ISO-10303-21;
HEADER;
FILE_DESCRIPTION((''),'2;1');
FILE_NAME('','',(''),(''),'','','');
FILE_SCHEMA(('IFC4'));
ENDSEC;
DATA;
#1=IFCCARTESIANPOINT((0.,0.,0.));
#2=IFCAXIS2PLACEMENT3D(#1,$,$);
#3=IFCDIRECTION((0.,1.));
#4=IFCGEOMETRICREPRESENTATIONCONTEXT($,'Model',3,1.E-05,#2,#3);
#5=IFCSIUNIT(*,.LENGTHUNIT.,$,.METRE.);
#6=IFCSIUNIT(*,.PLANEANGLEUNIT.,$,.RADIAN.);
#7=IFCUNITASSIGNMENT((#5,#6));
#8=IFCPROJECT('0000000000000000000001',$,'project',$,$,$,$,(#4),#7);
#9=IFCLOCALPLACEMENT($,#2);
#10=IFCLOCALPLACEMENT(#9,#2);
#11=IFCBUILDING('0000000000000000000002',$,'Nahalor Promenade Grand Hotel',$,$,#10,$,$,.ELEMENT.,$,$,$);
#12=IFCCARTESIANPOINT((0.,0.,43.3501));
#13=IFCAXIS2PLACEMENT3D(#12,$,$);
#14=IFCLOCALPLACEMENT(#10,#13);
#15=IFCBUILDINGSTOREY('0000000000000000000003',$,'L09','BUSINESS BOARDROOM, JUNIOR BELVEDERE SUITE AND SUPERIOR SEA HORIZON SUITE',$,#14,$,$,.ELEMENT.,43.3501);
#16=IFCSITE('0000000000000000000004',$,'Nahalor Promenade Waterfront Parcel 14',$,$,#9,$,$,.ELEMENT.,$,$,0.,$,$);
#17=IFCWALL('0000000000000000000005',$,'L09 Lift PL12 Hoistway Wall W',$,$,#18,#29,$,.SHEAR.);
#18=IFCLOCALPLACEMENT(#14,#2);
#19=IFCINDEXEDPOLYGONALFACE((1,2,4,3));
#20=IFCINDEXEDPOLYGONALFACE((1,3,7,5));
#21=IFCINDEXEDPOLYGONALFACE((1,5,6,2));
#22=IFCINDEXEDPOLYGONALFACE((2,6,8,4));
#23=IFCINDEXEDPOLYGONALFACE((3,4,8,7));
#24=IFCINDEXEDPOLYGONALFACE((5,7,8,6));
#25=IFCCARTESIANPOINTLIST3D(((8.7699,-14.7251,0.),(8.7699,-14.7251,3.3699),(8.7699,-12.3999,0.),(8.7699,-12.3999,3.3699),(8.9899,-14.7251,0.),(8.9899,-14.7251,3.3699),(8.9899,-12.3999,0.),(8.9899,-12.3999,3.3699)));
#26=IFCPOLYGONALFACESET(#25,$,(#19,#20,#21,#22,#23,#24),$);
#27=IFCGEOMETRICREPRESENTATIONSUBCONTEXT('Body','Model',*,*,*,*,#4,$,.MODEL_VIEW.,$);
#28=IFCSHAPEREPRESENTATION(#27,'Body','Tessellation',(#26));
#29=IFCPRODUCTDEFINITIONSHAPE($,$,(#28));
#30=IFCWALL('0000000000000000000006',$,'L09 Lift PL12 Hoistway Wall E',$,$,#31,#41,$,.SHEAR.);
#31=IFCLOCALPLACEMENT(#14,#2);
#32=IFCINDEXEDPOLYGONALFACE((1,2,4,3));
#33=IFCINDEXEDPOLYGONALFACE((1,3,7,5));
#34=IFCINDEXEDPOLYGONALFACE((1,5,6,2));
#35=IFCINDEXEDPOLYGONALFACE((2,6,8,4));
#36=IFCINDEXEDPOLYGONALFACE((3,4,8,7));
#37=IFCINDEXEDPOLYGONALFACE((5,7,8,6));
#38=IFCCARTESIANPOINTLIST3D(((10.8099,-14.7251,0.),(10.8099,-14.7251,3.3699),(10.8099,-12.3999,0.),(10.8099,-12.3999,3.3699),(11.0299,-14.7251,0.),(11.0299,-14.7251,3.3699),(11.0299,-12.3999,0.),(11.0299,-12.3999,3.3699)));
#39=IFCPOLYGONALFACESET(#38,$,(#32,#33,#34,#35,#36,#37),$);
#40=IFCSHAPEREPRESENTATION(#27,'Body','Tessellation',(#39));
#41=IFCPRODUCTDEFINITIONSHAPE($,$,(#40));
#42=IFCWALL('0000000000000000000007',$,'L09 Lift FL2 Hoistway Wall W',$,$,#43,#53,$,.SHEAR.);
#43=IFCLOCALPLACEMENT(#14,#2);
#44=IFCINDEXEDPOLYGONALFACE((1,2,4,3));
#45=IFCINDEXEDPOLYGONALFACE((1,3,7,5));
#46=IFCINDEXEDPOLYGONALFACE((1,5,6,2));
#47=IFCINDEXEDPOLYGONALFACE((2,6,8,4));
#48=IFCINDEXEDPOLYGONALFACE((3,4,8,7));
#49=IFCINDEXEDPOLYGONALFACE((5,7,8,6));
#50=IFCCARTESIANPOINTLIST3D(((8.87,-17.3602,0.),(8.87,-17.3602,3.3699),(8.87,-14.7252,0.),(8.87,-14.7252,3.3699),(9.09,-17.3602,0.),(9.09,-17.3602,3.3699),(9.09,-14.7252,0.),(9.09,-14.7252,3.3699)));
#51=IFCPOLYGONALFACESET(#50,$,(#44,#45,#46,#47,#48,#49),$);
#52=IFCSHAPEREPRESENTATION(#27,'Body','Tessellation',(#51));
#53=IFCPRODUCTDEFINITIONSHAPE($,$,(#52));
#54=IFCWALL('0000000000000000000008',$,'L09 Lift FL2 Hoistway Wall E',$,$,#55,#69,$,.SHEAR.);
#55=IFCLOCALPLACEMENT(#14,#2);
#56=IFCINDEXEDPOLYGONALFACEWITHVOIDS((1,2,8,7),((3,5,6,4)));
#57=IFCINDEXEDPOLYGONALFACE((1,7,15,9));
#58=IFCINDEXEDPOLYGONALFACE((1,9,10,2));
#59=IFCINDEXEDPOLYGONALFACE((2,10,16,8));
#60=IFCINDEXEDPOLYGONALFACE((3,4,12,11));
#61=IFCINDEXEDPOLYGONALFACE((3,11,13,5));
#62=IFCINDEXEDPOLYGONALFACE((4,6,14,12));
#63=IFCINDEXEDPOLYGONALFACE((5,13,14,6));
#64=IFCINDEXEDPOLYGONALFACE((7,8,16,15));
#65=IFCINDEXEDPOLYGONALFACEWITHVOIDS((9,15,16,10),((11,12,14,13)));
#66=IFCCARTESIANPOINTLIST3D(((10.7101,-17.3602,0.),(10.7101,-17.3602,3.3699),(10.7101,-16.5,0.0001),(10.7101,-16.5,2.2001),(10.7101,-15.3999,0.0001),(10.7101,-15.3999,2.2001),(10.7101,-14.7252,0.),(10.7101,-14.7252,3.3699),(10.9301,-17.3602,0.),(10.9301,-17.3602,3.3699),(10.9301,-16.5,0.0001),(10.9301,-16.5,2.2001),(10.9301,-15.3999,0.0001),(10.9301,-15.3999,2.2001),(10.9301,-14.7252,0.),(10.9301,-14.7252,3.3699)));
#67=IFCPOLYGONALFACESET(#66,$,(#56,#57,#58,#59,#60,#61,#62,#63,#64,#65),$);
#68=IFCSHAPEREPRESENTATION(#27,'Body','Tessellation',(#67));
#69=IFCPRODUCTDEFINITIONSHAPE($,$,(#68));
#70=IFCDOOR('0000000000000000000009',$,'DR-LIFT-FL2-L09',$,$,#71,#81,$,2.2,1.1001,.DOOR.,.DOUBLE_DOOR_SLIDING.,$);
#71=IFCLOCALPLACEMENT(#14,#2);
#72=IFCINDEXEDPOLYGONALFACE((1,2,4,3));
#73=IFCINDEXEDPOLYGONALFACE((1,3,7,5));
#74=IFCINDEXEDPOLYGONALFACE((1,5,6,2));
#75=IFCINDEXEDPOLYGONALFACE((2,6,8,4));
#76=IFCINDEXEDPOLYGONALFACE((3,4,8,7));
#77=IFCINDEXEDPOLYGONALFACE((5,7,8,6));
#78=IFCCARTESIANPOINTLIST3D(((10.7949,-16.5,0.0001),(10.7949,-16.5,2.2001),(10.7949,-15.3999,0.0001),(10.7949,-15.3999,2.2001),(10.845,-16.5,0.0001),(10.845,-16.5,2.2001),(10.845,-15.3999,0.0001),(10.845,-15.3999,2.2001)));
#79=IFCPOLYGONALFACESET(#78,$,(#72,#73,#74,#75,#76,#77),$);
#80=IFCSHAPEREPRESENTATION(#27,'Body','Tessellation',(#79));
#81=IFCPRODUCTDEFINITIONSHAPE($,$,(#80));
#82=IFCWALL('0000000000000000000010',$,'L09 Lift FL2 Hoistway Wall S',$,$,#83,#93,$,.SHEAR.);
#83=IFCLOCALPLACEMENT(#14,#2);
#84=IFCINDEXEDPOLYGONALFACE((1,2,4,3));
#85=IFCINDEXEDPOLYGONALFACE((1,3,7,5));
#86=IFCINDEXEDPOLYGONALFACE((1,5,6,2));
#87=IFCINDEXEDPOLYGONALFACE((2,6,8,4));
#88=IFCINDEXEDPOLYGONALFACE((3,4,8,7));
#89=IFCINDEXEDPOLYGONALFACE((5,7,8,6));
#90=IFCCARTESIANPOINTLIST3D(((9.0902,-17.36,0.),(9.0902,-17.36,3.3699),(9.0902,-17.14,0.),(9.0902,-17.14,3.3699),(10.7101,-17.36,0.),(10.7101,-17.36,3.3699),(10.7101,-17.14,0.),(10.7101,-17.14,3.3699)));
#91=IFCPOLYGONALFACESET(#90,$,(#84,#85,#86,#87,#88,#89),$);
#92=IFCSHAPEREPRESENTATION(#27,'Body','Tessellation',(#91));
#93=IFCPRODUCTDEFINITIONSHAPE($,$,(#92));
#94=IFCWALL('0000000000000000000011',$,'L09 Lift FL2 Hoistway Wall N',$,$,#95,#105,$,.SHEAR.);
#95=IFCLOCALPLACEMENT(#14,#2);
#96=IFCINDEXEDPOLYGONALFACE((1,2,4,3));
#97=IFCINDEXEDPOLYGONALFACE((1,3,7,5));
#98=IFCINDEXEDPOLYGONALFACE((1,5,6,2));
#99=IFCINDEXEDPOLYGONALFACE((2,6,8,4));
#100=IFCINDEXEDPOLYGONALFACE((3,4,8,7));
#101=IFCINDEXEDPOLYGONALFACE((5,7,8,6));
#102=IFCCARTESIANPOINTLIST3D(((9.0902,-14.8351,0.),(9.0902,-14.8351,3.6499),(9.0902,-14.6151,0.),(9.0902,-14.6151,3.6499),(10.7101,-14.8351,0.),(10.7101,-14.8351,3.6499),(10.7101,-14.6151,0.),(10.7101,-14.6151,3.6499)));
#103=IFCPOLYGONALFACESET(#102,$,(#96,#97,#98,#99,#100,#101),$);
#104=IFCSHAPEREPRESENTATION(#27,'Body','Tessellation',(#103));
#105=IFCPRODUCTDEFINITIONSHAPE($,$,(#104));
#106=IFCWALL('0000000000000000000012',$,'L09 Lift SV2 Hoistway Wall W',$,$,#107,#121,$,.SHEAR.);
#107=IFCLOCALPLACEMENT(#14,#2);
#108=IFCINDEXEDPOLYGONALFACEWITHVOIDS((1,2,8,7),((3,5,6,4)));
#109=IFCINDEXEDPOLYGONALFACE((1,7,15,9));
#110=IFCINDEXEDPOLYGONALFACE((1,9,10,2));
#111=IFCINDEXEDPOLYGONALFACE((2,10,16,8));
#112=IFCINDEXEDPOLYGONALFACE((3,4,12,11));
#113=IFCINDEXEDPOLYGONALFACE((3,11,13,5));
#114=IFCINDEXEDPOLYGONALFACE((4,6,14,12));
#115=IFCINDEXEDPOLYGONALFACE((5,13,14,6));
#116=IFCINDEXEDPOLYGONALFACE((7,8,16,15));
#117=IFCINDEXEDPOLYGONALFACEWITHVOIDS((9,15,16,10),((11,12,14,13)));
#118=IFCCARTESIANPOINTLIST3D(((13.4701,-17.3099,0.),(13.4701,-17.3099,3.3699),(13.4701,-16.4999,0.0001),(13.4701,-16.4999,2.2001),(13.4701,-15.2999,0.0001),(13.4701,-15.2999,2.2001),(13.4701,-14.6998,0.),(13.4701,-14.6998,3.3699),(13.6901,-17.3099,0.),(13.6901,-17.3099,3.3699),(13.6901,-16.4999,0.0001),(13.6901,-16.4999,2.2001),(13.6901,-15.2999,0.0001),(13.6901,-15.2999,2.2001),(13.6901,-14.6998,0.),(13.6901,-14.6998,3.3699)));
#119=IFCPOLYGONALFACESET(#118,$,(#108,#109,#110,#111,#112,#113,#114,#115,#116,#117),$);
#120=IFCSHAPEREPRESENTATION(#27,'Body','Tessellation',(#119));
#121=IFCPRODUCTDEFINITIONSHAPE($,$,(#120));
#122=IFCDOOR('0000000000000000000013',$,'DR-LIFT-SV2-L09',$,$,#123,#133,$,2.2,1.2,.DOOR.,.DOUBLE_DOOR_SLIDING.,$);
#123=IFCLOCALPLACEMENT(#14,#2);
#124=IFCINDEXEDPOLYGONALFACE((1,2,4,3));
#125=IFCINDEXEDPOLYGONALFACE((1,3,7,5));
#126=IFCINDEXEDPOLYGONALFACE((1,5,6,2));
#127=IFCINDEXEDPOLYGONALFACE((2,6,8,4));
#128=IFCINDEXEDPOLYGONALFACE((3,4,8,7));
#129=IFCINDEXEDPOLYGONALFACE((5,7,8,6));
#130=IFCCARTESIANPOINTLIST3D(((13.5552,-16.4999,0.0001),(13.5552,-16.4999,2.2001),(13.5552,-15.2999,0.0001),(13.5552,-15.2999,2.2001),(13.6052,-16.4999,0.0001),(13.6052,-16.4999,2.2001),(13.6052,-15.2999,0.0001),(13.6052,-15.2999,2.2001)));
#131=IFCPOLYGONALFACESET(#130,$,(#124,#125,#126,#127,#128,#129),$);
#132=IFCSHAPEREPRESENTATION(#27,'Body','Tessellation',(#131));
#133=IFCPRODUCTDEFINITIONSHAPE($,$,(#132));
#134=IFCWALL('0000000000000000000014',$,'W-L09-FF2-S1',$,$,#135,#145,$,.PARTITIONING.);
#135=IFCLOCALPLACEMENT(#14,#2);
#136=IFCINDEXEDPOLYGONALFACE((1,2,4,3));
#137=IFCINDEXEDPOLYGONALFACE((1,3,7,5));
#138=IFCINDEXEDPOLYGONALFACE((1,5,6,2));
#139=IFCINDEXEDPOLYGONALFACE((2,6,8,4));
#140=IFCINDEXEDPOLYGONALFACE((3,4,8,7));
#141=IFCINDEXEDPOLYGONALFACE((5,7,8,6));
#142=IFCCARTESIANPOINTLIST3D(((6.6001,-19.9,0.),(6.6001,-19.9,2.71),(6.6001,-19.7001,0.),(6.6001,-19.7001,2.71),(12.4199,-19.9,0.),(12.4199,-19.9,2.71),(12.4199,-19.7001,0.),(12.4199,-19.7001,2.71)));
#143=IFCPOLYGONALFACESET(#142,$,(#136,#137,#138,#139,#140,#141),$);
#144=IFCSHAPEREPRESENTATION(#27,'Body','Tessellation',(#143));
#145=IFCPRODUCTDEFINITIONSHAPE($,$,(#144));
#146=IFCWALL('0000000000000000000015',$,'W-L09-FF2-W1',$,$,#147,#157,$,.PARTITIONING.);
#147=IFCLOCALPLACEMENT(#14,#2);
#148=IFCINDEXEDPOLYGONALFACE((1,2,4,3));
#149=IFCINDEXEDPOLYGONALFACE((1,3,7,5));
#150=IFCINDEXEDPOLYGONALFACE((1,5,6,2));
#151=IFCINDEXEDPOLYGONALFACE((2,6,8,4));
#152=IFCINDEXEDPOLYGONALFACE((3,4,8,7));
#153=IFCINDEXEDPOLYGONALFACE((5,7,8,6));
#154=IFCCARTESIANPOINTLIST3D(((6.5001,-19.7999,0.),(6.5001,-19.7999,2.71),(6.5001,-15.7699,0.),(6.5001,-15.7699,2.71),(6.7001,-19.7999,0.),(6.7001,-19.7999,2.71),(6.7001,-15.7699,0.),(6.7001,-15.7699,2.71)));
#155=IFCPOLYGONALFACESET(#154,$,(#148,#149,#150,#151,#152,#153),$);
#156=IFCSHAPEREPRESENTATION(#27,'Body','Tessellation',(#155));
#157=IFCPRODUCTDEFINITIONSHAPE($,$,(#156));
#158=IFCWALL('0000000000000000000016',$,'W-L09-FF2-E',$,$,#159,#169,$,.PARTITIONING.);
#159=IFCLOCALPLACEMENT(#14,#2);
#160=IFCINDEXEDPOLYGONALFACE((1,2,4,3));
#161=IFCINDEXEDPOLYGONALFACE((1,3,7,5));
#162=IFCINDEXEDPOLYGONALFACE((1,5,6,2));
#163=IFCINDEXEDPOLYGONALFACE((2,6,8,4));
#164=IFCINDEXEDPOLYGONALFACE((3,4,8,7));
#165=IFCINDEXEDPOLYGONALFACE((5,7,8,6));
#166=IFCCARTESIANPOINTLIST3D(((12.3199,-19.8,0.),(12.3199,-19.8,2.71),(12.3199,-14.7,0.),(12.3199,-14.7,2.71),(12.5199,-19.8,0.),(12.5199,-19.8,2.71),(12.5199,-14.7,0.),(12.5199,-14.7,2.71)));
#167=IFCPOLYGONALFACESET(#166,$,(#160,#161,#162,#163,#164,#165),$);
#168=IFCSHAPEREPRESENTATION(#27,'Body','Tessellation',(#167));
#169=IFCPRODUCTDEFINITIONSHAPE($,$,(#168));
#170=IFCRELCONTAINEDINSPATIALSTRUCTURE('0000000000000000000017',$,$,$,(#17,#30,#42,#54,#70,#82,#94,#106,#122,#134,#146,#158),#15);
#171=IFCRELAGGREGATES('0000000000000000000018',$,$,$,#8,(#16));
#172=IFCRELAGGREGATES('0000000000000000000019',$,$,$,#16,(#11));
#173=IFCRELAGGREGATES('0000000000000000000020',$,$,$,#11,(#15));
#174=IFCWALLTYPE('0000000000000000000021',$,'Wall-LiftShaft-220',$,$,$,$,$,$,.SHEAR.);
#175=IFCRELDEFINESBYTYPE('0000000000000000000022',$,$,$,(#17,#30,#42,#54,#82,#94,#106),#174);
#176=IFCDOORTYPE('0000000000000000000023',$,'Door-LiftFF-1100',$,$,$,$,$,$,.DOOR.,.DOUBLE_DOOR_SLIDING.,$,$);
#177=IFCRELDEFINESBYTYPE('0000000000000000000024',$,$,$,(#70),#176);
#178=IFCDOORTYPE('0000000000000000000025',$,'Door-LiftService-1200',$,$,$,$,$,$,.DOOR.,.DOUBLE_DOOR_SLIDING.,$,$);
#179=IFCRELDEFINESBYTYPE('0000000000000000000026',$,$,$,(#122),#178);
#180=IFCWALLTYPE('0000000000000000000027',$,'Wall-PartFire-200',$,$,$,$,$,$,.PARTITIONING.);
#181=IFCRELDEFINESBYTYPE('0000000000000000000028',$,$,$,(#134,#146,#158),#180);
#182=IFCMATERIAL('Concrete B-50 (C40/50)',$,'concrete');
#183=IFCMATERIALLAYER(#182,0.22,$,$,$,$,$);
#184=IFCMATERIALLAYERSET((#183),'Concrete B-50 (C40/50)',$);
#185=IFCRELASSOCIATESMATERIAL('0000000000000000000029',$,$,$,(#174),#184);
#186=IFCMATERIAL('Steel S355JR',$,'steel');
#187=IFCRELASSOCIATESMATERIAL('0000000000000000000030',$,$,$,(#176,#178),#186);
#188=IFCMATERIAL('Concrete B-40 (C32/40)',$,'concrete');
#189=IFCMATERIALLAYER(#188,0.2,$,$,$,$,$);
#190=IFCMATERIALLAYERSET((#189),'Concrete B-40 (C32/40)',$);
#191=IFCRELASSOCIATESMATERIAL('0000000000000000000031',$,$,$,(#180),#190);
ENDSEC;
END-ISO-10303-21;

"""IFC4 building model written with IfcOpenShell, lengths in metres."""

from ifc_helpers import new_model, si_unit, direction, frame, frame_2d, origin, place, context, subcontext, project, spatial, rectangle, extrude, source, transform, mapped, material, layer, layer_set, type_object, element, fill, save


model = new_model("IFC4")

# Units and contexts
model_context = context("Model", 3, precision=1e-05, world=origin(), true_north=direction((0.0, 1.0)))
body_context = subcontext(model_context, "Body", "Model", "MODEL_VIEW")
ifc_project = project(units=[si_unit("LENGTHUNIT", "METRE"), si_unit("PLANEANGLEUNIT", "RADIAN")], contexts=[model_context])

# Site, building, storey
site_placement = place(None, origin())
site = spatial("IfcSite", under=ifc_project, at=site_placement, Name="Nahalor Promenade Waterfront Parcel 14", CompositionType="ELEMENT", RefElevation=0.0)
building_placement = place(site_placement, origin())
building = spatial("IfcBuilding", under=site, at=building_placement, Name="Nahalor Promenade Grand Hotel", CompositionType="ELEMENT")
storey_placement = place(building_placement, frame((0.0, 0.0, 43.3501)))
storey = spatial("IfcBuildingStorey", under=building, at=storey_placement, Name="L09", Description="BUSINESS BOARDROOM, JUNIOR BELVEDERE SUITE AND SUPERIOR SEA HORIZON SUITE", CompositionType="ELEMENT", Elevation=43.3501)

# Shared definitions
ifc_material_1 = material(Name="Steel S355JR", Category="steel")

# Shared definitions
ifc_material_2 = material(Name="Concrete B-50 (C40/50)", Category="concrete")

# Walls
ifc_layer_1 = layer(ifc_material_2, 0.22)
ifc_layer_set_1 = layer_set([ifc_layer_1], Name="Concrete B-50 (C40/50)")
wall_type_1 = type_object("IfcWallType", Name="Wall-LiftShaft-220", PredefinedType="SHEAR", material=ifc_layer_set_1)
shared_shape_1 = source(origin(), body_context, "Body", "SweptSolid", [
    extrude(rectangle(XDim=2.3252, YDim=0.22, at=frame_2d((1.1626, 0.0))), origin(), (0.0, 0.0, 1.0), 3.3699),
])
for number, where, z_axis, x_axis, name in (
    (1, (8.8799, -14.7251, 0.0), (0.0, 0.0, 1.0), (0.0, 1.0, 0.0), "L09 Lift PL12 Hoistway Wall W"),
    (2, (10.9199, -14.7251, 0.0), (0.0, 0.0, 1.0), (0.0, 1.0, 0.0), "L09 Lift PL12 Hoistway Wall E"),
):
    element("IfcWall", number, at=place(storey_placement, frame(where, z_axis=z_axis, x_axis=x_axis)), inside=storey, type_object=wall_type_1, Name=name, PredefinedType="SHEAR", context=body_context, shape_type="MappedRepresentation", body=[
        mapped(shared_shape_1, transform((0.0, 0.0, 0.0), scale=1.0)),
    ])
shared_shape_2 = source(origin(), body_context, "Body", "SweptSolid", [
    extrude(rectangle(XDim=2.635, YDim=0.22, at=frame_2d((1.3174, 0.0))), origin(), (0.0, 0.0, 1.0), 3.3699),
])
wall_1_placement = place(storey_placement, frame((8.98, -17.3601, 0.0), z_axis=(0.0, 0.0, 1.0), x_axis=(0.0, 1.0, 0.0)))
element("IfcWall", 3, at=wall_1_placement, inside=storey, type_object=wall_type_1, Name="L09 Lift FL2 Hoistway Wall W", PredefinedType="SHEAR", context=body_context, shape_type="MappedRepresentation", body=[
    mapped(shared_shape_2, transform((0.0, 0.0, 0.0), scale=1.0)),
])

# Wall, opening, door
wall_2_placement = place(storey_placement, frame((10.8201, -17.3601, 0.0), z_axis=(0.0, 0.0, 1.0), x_axis=(0.0, 1.0, 0.0)))
wall_2 = element("IfcWall", 4, at=wall_2_placement, inside=storey, type_object=wall_type_1, Name="L09 Lift FL2 Hoistway Wall E", PredefinedType="SHEAR", context=body_context, shape_type="MappedRepresentation", body=[
    mapped(shared_shape_2, transform((0.0, 0.0, 0.0), scale=1.0)),
])
opening_1_placement = place(wall_2_placement, frame((0.8601, 0.0, 0.0)))
opening_1 = element("IfcOpeningElement", 5, at=opening_1_placement, cuts=wall_2, PredefinedType="OPENING", context=body_context, shape_type="SweptSolid", body=[
    extrude(rectangle(XDim=1.1001, YDim=2.2, at=frame_2d((0.55, 1.1001))), frame((0.0, 0.1199, 0.0), z_axis=(0.0, -1.0, 0.0), x_axis=(1.0, 0.0, 0.0)), (0.0, 0.0, 1.0), 0.24),
])
door_type_1 = type_object("IfcDoorType", Name="Door-LiftFF-1100", OperationType="DOUBLE_DOOR_SLIDING", PredefinedType="DOOR", material=ifc_material_1)
shared_shape_3 = source(origin(), body_context, "Body", "SweptSolid", [
    extrude(rectangle(XDim=1.1001, YDim=2.2, at=frame_2d((0.55, 1.1001))), frame((0.0, 0.0249, 0.0), z_axis=(0.0, -1.0, 0.0), x_axis=(1.0, 0.0, 0.0)), (0.0, 0.0, 1.0), 0.05),
])
door_1_placement = place(opening_1_placement, frame((1.1001, 0.0, 0.0), z_axis=(0.0, 0.0, 1.0), x_axis=(-1.0, 0.0, 0.0)))
door_1 = element("IfcDoor", 6, at=door_1_placement, inside=storey, type_object=door_type_1, Name="DR-LIFT-FL2-L09", OperationType="DOUBLE_DOOR_SLIDING", OverallHeight=2.2, OverallWidth=1.1001, PredefinedType="DOOR", context=body_context, shape_type="MappedRepresentation", body=[
    mapped(shared_shape_3, transform((0.0, 0.0, 0.0), scale=1.0)),
])
fill(opening_1, door_1)

# Walls
shared_shape_4 = source(origin(), body_context, "Body", "SweptSolid", [
    extrude(rectangle(XDim=1.6199, YDim=0.22, at=frame_2d((0.8101, 0.0))), origin(), (0.0, 0.0, 1.0), 3.3699),
])
wall_3_placement = place(storey_placement, frame((9.0901, -17.25, 0.0), z_axis=(0.0, 0.0, 1.0), x_axis=(1.0, 0.0, 0.0)))
element("IfcWall", 7, at=wall_3_placement, inside=storey, type_object=wall_type_1, Name="L09 Lift FL2 Hoistway Wall S", PredefinedType="SHEAR", context=body_context, shape_type="MappedRepresentation", body=[
    mapped(shared_shape_4, transform((0.0, 0.0, 0.0), scale=1.0)),
])
shared_shape_5 = source(origin(), body_context, "Body", "SweptSolid", [
    extrude(rectangle(XDim=1.6199, YDim=0.22, at=frame_2d((0.8101, 0.0))), origin(), (0.0, 0.0, 1.0), 3.6499),
])
wall_4_placement = place(storey_placement, frame((9.0901, -14.7251, 0.0), z_axis=(0.0, 0.0, 1.0), x_axis=(1.0, 0.0, 0.0)))
element("IfcWall", 8, at=wall_4_placement, inside=storey, type_object=wall_type_1, Name="L09 Lift FL2 Hoistway Wall N", PredefinedType="SHEAR", context=body_context, shape_type="MappedRepresentation", body=[
    mapped(shared_shape_5, transform((0.0, 0.0, 0.0), scale=1.0)),
])

# Wall, opening, door
shared_shape_6 = source(origin(), body_context, "Body", "SweptSolid", [
    extrude(rectangle(XDim=2.6101, YDim=0.22, at=frame_2d((1.3052, 0.0))), origin(), (0.0, 0.0, 1.0), 3.3699),
])
wall_5_placement = place(storey_placement, frame((13.5801, -17.3101, 0.0), z_axis=(0.0, 0.0, 1.0), x_axis=(0.0, 1.0, 0.0)))
wall_5 = element("IfcWall", 9, at=wall_5_placement, inside=storey, type_object=wall_type_1, Name="L09 Lift SV2 Hoistway Wall W", PredefinedType="SHEAR", context=body_context, shape_type="MappedRepresentation", body=[
    mapped(shared_shape_6, transform((0.0, 0.0, 0.0), scale=1.0)),
])
opening_2_placement = place(wall_5_placement, frame((0.8101, 0.0, 0.0)))
opening_2 = element("IfcOpeningElement", 10, at=opening_2_placement, cuts=wall_5, PredefinedType="OPENING", context=body_context, shape_type="SweptSolid", body=[
    extrude(rectangle(XDim=1.2, YDim=2.2, at=frame_2d((0.6001, 1.1001))), frame((0.0, 0.1199, 0.0), z_axis=(0.0, -1.0, 0.0), x_axis=(1.0, 0.0, 0.0)), (0.0, 0.0, 1.0), 0.24),
])
door_type_2 = type_object("IfcDoorType", Name="Door-LiftService-1200", OperationType="DOUBLE_DOOR_SLIDING", PredefinedType="DOOR", material=ifc_material_1)
shared_shape_7 = source(origin(), body_context, "Body", "SweptSolid", [
    extrude(rectangle(XDim=1.2, YDim=2.2, at=frame_2d((0.6001, 1.1001))), frame((0.0, 0.0249, 0.0), z_axis=(0.0, -1.0, 0.0), x_axis=(1.0, 0.0, 0.0)), (0.0, 0.0, 1.0), 0.05),
])
door_2_placement = place(opening_2_placement, origin())
door_2 = element("IfcDoor", 11, at=door_2_placement, inside=storey, type_object=door_type_2, Name="DR-LIFT-SV2-L09", OperationType="DOUBLE_DOOR_SLIDING", OverallHeight=2.2, OverallWidth=1.2, PredefinedType="DOOR", context=body_context, shape_type="MappedRepresentation", body=[
    mapped(shared_shape_7, transform((0.0, 0.0, 0.0), scale=1.0)),
])
fill(opening_2, door_2)

# Walls
ifc_material_3 = material(Name="Concrete B-40 (C32/40)", Category="concrete")
ifc_layer_2 = layer(ifc_material_3, 0.2)
ifc_layer_set_2 = layer_set([ifc_layer_2], Name="Concrete B-40 (C32/40)")
wall_type_2 = type_object("IfcWallType", Name="Wall-PartFire-200", PredefinedType="PARTITIONING", material=ifc_layer_set_2)
shared_shape_8 = source(origin(), body_context, "Body", "SweptSolid", [
    extrude(rectangle(XDim=5.8198, YDim=0.2, at=frame_2d((2.9099, 0.0))), origin(), (0.0, 0.0, 1.0), 2.71),
])
wall_6_placement = place(storey_placement, frame((6.6001, -19.8, 0.0), z_axis=(0.0, 0.0, 1.0), x_axis=(1.0, 0.0, 0.0)))
element("IfcWall", 12, at=wall_6_placement, inside=storey, type_object=wall_type_2, Name="W-L09-FF2-S1", PredefinedType="PARTITIONING", context=body_context, shape_type="MappedRepresentation", body=[
    mapped(shared_shape_8, transform((0.0, 0.0, 0.0), scale=1.0)),
])
shared_shape_9 = source(origin(), body_context, "Body", "SweptSolid", [
    extrude(rectangle(XDim=4.03, YDim=0.2, at=frame_2d((2.0151, 0.0))), origin(), (0.0, 0.0, 1.0), 2.71),
])
wall_7_placement = place(storey_placement, frame((6.6001, -19.8, 0.0), z_axis=(0.0, 0.0, 1.0), x_axis=(0.0, 1.0, 0.0)))
element("IfcWall", 13, at=wall_7_placement, inside=storey, type_object=wall_type_2, Name="W-L09-FF2-W1", PredefinedType="PARTITIONING", context=body_context, shape_type="MappedRepresentation", body=[
    mapped(shared_shape_9, transform((0.0, 0.0, 0.0), scale=1.0)),
])
shared_shape_10 = source(origin(), body_context, "Body", "SweptSolid", [
    extrude(rectangle(XDim=5.1001, YDim=0.2, at=frame_2d((2.55, 0.0))), origin(), (0.0, 0.0, 1.0), 2.71),
])
wall_8_placement = place(storey_placement, frame((12.4199, -19.8, 0.0), z_axis=(0.0, 0.0, 1.0), x_axis=(0.0, 1.0, 0.0)))
element("IfcWall", 14, at=wall_8_placement, inside=storey, type_object=wall_type_2, Name="W-L09-FF2-E", PredefinedType="PARTITIONING", context=body_context, shape_type="MappedRepresentation", body=[
    mapped(shared_shape_10, transform((0.0, 0.0, 0.0), scale=1.0)),
])

save(model, "model.ifc")
